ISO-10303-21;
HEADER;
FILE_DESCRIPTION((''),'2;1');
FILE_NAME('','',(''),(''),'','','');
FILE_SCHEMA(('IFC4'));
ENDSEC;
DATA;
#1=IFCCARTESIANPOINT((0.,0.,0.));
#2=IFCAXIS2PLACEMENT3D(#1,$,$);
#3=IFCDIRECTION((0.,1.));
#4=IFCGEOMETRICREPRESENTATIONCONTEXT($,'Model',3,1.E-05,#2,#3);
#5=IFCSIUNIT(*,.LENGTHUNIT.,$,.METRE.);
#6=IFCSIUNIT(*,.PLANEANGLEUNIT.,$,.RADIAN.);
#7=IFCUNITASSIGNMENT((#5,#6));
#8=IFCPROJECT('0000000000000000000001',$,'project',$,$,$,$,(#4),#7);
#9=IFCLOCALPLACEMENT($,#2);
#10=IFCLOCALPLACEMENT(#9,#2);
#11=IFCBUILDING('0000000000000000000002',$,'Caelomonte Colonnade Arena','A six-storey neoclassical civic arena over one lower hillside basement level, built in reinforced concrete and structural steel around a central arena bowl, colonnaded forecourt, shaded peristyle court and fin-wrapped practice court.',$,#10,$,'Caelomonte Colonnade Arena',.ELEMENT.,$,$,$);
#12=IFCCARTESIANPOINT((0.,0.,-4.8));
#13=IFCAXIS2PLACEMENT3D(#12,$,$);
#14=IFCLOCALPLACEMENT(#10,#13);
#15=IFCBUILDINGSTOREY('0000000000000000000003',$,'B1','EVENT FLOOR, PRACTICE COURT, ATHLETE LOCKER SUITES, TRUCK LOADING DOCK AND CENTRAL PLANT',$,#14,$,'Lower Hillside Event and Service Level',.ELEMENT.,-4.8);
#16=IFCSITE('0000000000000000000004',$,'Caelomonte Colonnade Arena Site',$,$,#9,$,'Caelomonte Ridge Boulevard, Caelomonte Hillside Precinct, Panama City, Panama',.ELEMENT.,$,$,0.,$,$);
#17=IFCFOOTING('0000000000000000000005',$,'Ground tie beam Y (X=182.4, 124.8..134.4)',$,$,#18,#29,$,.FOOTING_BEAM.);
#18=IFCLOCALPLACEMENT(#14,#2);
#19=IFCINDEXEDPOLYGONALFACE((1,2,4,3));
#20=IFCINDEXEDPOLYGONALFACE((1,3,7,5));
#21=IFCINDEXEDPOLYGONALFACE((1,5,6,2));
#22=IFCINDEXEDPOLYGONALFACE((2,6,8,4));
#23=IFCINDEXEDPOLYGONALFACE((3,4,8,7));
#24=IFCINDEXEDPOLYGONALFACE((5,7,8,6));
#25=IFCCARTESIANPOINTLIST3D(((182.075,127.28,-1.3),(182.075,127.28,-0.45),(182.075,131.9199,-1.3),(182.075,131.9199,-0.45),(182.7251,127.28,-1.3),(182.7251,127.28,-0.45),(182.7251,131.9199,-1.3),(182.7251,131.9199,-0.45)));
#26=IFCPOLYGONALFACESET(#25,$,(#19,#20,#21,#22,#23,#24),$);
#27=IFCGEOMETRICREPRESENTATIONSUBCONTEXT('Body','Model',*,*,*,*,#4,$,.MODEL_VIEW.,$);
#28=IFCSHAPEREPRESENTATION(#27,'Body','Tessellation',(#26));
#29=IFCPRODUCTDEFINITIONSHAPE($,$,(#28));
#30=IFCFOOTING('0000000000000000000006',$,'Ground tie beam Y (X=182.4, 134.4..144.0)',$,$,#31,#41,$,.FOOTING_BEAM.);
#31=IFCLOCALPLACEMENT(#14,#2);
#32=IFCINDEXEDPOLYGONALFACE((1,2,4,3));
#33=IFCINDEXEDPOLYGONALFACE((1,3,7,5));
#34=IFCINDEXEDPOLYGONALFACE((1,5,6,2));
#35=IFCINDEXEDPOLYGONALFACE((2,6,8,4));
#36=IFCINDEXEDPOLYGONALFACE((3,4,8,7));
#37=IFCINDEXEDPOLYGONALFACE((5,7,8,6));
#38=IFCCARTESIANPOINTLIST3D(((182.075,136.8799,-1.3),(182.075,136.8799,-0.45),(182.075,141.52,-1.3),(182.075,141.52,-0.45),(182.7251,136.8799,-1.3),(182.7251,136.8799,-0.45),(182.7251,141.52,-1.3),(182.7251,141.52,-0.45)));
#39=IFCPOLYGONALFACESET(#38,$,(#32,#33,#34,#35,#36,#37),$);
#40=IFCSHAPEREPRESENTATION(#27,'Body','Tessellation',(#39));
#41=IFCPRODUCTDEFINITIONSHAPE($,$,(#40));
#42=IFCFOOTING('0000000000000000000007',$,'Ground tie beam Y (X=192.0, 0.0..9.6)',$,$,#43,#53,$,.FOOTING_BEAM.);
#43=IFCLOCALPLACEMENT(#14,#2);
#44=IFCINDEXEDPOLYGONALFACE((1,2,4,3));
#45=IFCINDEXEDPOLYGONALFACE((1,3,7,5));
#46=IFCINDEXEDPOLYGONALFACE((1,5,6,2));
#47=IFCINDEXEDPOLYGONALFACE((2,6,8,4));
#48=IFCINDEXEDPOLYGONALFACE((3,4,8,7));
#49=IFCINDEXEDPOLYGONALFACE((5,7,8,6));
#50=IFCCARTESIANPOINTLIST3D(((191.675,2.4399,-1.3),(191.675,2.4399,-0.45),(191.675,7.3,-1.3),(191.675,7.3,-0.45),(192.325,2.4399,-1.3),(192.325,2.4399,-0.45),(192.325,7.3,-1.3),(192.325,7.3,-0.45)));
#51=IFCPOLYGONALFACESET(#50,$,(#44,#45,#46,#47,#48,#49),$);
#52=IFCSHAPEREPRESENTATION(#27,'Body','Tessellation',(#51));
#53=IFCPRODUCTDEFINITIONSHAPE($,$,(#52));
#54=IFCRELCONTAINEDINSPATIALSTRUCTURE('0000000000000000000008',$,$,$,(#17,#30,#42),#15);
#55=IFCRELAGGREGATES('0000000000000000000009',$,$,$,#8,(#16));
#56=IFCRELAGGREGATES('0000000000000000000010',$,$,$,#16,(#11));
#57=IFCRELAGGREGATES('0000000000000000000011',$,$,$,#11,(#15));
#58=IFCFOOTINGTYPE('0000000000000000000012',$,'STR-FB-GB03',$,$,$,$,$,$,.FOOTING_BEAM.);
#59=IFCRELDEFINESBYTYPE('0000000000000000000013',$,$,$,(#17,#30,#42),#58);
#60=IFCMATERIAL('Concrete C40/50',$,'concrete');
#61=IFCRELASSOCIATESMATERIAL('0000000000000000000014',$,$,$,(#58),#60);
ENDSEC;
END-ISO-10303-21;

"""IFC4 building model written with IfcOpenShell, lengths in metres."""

from ifc_helpers import new_model, si_unit, direction, frame, origin, place, context, subcontext, project, spatial, polyline, outline, extrude, material, type_object, element, save


model = new_model("IFC4")

# Units and contexts
model_context = context("Model", 3, precision=1e-05, world=origin(), true_north=direction((0.0, 1.0)))
body_context = subcontext(model_context, "Body", "Model", "MODEL_VIEW")
ifc_project = project(units=[si_unit("LENGTHUNIT", "METRE"), si_unit("PLANEANGLEUNIT", "RADIAN")], contexts=[model_context])

# Site, building, storey
site_placement = place(None, origin())
site = spatial("IfcSite", under=ifc_project, at=site_placement, Name="Caelomonte Colonnade Arena Site", LongName="Caelomonte Ridge Boulevard, Caelomonte Hillside Precinct, Panama City, Panama", CompositionType="ELEMENT", RefElevation=0.0)
building_placement = place(site_placement, origin())
building = spatial("IfcBuilding", under=site, at=building_placement, Name="Caelomonte Colonnade Arena", Description="A six-storey neoclassical civic arena over one lower hillside basement level, built in reinforced concrete and structural steel around a central arena bowl, colonnaded forecourt, shaded peristyle court and fin-wrapped practice court.", LongName="Caelomonte Colonnade Arena", CompositionType="ELEMENT")
storey_placement = place(building_placement, frame((0.0, 0.0, -4.8)))
storey = spatial("IfcBuildingStorey", under=building, at=storey_placement, Name="B1", Description="EVENT FLOOR, PRACTICE COURT, ATHLETE LOCKER SUITES, TRUCK LOADING DOCK AND CENTRAL PLANT", LongName="Lower Hillside Event and Service Level", CompositionType="ELEMENT", Elevation=-4.8)

# Footings
ifc_material = material(Name="Concrete C40/50", Category="concrete")
footing_type = type_object("IfcFootingType", Name="STR-FB-GB03", PredefinedType="FOOTING_BEAM", material=ifc_material)
footing_1_placement = place(storey_placement, frame((0.0, 0.0, -1.3)))
element("IfcFooting", 1, at=footing_1_placement, inside=storey, type_object=footing_type, Name="Ground tie beam Y (X=182.4, 124.8..134.4)", PredefinedType="FOOTING_BEAM", context=body_context, shape_type="SweptSolid", body=[
    extrude(outline(polyline([(182.075, 127.28), (182.7251, 127.28), (182.7251, 131.9199), (182.075, 131.9199), (182.075, 127.28)])), origin(), (0.0, 0.0, 1.0), 0.8501),
])
footing_2_placement = place(storey_placement, frame((0.0, 0.0, -1.3)))
element("IfcFooting", 2, at=footing_2_placement, inside=storey, type_object=footing_type, Name="Ground tie beam Y (X=182.4, 134.4..144.0)", PredefinedType="FOOTING_BEAM", context=body_context, shape_type="SweptSolid", body=[
    extrude(outline(polyline([(182.075, 136.8799), (182.7251, 136.8799), (182.7251, 141.52), (182.075, 141.52), (182.075, 136.8799)])), origin(), (0.0, 0.0, 1.0), 0.8501),
])
footing_3_placement = place(storey_placement, frame((0.0, 0.0, -1.3)))
element("IfcFooting", 3, at=footing_3_placement, inside=storey, type_object=footing_type, Name="Ground tie beam Y (X=192.0, 0.0..9.6)", PredefinedType="FOOTING_BEAM", context=body_context, shape_type="SweptSolid", body=[
    extrude(outline(polyline([(191.675, 2.4399), (192.325, 2.4399), (192.325, 7.3), (191.675, 7.3), (191.675, 2.4399)])), origin(), (0.0, 0.0, 1.0), 0.8501),
])

save(model, "model.ifc")
